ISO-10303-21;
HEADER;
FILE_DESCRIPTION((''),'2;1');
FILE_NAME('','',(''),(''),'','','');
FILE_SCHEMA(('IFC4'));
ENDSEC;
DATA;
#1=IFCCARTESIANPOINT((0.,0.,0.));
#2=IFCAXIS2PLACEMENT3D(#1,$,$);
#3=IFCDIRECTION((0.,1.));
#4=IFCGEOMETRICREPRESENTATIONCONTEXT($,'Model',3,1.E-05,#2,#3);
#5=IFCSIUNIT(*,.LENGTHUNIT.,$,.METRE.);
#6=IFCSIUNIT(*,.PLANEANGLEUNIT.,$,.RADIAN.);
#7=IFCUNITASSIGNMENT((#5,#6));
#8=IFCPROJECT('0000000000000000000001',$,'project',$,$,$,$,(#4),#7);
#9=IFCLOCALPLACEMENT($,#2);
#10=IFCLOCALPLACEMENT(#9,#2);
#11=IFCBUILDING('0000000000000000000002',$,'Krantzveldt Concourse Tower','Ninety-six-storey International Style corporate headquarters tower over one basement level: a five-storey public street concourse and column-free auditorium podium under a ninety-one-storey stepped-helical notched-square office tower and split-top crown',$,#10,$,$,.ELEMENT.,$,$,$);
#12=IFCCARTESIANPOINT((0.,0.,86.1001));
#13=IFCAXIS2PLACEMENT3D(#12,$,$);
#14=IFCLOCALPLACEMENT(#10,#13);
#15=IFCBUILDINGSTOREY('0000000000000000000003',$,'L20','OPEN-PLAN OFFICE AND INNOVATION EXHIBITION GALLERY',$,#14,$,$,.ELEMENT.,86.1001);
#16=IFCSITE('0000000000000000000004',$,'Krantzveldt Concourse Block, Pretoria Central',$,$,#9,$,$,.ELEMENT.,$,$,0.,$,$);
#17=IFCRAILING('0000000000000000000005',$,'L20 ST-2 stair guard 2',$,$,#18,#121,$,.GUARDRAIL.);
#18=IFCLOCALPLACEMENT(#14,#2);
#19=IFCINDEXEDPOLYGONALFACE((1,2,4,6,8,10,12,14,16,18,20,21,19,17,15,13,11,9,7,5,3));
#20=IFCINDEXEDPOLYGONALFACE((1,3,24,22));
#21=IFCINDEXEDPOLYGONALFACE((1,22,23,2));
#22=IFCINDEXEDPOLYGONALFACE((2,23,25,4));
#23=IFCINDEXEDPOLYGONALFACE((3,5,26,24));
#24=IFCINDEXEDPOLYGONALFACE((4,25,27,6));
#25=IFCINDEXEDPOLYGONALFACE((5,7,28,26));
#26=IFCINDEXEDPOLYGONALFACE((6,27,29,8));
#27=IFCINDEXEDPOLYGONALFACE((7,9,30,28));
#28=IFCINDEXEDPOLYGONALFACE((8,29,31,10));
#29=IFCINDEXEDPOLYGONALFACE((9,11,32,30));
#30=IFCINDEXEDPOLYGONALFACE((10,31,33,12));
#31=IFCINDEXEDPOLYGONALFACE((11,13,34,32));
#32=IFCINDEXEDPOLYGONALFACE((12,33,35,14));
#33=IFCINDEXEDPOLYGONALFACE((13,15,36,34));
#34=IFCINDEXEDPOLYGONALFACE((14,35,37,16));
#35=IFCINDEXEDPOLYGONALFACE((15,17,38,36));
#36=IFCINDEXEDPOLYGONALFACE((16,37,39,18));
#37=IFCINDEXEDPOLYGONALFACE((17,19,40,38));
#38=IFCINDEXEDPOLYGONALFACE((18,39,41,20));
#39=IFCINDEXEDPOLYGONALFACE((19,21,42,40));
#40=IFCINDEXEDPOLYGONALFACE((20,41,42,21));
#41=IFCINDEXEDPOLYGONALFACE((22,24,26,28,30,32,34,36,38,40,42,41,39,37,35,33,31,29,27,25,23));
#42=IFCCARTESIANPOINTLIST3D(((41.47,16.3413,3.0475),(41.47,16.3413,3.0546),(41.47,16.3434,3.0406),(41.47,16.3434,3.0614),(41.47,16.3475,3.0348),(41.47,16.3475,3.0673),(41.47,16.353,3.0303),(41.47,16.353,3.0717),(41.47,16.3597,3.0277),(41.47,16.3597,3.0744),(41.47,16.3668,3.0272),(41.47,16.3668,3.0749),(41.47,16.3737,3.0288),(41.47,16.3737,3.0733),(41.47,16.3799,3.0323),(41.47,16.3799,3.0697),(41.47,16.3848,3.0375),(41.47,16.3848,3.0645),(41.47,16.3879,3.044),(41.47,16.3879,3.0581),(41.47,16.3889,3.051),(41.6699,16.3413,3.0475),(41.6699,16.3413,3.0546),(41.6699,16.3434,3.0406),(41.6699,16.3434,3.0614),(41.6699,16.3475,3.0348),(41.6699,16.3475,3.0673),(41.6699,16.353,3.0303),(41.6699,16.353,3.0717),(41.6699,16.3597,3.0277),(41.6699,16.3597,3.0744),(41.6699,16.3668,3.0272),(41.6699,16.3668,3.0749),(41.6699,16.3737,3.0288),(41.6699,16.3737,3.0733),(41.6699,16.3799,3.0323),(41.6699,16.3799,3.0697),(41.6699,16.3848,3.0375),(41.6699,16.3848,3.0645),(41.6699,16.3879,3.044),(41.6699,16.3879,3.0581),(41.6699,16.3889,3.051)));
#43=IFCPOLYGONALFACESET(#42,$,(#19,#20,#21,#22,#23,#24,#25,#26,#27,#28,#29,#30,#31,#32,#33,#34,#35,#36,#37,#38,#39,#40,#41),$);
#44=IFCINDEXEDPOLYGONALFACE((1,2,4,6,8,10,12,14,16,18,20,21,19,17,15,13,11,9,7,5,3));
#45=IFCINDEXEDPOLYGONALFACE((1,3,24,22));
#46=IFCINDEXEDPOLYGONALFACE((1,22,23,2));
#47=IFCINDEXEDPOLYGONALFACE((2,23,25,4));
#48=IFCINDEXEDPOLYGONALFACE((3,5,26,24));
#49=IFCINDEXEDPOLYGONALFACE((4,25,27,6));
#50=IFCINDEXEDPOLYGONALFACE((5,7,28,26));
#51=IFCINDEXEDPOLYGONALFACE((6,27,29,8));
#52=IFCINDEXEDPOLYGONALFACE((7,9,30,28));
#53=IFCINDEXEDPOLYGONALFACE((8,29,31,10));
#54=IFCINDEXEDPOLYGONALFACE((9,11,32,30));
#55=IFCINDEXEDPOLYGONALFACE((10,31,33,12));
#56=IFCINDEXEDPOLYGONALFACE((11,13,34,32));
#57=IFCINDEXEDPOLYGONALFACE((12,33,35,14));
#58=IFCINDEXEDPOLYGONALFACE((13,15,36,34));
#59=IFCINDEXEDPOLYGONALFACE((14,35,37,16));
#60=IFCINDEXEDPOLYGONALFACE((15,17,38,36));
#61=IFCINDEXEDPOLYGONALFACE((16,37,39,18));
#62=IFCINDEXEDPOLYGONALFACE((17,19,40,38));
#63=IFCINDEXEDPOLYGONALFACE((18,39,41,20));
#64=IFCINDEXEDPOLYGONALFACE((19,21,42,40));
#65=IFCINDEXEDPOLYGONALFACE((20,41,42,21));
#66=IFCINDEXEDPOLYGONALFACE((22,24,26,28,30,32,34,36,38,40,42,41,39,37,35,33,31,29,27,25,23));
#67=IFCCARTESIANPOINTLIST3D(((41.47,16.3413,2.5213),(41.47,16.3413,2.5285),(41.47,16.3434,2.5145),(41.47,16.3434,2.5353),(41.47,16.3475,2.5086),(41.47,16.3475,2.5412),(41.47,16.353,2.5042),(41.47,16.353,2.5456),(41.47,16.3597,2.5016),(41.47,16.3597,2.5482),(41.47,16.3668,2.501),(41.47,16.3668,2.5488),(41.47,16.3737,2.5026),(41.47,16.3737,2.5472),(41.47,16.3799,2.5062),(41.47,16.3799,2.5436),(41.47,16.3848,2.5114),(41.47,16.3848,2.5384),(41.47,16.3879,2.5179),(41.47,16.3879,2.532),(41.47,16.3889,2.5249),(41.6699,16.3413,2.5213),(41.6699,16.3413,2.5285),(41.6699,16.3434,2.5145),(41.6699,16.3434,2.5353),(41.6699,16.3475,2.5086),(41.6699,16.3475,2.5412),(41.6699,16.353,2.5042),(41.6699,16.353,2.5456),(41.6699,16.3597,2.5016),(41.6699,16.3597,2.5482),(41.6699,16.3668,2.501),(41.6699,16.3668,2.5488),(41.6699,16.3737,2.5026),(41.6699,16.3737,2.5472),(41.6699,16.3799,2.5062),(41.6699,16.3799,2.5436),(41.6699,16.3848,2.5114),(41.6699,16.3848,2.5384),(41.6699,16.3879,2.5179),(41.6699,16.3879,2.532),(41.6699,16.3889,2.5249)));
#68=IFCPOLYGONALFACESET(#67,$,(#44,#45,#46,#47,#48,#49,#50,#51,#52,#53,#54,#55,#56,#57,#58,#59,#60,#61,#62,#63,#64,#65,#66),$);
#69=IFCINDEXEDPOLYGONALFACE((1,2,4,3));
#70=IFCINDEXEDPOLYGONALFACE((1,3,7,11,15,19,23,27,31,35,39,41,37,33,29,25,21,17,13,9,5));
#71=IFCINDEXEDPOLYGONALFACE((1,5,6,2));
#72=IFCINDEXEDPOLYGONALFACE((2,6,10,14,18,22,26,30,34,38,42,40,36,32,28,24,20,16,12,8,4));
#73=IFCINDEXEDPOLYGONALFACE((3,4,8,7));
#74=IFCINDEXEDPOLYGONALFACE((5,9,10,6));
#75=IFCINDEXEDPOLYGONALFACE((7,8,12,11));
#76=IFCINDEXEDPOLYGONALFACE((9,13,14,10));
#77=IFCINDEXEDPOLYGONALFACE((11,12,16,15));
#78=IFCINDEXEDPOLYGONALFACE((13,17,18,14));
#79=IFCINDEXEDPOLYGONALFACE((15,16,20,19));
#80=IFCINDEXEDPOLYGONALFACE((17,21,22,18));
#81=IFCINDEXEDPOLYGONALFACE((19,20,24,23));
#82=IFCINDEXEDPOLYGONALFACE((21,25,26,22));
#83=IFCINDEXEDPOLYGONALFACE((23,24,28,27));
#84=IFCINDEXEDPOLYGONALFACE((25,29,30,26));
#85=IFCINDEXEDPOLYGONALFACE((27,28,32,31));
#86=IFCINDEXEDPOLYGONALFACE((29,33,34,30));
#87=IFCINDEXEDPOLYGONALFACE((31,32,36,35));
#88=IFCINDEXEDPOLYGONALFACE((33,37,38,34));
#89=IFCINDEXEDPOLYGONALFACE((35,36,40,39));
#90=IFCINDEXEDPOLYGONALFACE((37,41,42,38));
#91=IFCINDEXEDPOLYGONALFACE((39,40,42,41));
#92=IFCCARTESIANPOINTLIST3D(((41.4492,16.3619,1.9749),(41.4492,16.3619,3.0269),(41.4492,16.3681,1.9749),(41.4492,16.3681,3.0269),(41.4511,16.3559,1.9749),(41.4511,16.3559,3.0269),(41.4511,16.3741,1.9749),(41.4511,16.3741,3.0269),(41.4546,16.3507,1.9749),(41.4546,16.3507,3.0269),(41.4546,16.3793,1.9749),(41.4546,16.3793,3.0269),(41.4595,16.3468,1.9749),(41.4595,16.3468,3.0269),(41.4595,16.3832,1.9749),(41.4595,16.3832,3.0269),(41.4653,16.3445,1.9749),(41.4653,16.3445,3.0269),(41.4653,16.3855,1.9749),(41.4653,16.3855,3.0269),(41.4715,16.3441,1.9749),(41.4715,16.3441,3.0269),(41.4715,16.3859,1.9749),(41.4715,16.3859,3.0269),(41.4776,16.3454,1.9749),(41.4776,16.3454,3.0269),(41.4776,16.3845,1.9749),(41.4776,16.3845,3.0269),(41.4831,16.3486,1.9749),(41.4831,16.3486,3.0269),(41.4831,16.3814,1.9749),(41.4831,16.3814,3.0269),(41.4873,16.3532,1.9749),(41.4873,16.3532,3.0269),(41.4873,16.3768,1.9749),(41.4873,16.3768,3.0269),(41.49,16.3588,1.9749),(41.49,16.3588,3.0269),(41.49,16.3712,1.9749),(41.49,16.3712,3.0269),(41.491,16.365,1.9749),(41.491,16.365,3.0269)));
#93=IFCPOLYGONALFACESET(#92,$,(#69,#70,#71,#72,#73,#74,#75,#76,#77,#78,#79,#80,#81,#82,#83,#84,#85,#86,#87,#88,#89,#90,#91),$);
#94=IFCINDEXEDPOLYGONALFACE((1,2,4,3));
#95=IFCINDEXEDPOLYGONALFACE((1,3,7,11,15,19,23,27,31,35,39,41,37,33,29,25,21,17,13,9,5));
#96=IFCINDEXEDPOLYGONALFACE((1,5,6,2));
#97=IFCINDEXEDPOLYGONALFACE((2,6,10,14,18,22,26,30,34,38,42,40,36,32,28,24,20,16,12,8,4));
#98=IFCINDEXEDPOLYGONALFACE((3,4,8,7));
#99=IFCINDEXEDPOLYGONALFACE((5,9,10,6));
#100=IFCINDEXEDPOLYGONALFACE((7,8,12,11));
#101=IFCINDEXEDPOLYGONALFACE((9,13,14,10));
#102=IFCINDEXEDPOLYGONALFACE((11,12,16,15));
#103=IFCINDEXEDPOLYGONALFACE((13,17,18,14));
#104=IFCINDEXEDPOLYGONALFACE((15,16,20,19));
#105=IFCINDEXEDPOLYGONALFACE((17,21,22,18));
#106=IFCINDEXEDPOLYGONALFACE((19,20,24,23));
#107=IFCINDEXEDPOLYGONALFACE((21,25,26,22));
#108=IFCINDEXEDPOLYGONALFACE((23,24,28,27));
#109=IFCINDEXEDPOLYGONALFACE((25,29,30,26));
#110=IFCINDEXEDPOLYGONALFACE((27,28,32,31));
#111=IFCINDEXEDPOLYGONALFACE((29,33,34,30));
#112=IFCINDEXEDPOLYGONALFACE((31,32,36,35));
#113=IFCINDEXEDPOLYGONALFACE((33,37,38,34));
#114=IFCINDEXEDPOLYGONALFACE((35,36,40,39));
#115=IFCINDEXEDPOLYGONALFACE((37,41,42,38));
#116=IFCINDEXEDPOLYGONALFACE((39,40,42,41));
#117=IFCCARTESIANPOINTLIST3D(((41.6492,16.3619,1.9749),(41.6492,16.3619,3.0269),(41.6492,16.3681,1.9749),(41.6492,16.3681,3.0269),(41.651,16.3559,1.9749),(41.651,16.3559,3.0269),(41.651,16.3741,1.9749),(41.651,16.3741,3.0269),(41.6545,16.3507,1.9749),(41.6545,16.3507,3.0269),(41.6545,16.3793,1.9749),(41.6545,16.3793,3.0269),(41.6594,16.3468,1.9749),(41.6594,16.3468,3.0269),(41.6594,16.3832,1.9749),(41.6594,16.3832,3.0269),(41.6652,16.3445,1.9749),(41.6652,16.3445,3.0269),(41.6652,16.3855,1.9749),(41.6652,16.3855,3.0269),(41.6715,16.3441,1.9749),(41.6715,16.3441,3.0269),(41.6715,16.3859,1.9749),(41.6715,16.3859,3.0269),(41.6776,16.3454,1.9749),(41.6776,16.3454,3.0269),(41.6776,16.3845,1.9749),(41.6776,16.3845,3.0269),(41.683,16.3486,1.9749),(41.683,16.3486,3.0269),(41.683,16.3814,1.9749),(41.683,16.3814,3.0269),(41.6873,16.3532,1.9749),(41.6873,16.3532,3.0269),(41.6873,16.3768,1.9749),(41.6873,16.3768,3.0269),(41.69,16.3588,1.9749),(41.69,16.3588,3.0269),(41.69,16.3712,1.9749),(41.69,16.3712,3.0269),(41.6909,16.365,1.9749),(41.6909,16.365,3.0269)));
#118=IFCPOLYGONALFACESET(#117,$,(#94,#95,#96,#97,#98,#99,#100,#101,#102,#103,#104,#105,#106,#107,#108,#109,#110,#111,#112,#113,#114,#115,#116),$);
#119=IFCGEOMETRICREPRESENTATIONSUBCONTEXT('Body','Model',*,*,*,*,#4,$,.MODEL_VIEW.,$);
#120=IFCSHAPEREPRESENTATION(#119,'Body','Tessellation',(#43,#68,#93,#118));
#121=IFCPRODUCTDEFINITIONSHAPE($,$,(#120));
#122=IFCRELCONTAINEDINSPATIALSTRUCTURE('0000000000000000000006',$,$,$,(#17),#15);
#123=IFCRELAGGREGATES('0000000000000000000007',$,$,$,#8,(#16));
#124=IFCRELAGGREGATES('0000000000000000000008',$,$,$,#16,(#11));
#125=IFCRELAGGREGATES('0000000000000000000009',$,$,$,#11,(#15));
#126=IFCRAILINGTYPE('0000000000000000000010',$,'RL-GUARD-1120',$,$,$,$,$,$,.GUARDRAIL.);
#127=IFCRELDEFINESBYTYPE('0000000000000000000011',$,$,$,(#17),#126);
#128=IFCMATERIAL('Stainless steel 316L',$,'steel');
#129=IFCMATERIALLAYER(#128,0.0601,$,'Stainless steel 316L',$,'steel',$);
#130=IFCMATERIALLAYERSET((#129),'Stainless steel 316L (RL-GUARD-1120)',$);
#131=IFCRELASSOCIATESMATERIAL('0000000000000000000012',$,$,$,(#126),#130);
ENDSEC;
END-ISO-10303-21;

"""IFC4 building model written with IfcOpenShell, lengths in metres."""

from ifc_helpers import new_model, si_unit, direction, frame, origin, origin_2d, place, context, subcontext, project, spatial, circle, extrude, material, layer, layer_set, type_object, element, save


model = new_model("IFC4")

# Units and contexts
model_context = context("Model", 3, precision=1e-05, world=origin(), true_north=direction((0.0, 1.0)))
body_context = subcontext(model_context, "Body", "Model", "MODEL_VIEW")
ifc_project = project(units=[si_unit("LENGTHUNIT", "METRE"), si_unit("PLANEANGLEUNIT", "RADIAN")], contexts=[model_context])

# Site, building, storey
site_placement = place(None, origin())
site = spatial("IfcSite", under=ifc_project, at=site_placement, Name="Krantzveldt Concourse Block, Pretoria Central", CompositionType="ELEMENT", RefElevation=0.0)
building_placement = place(site_placement, origin())
building = spatial("IfcBuilding", under=site, at=building_placement, Name="Krantzveldt Concourse Tower", Description="Ninety-six-storey International Style corporate headquarters tower over one basement level: a five-storey public street concourse and column-free auditorium podium under a ninety-one-storey stepped-helical notched-square office tower and split-top crown", CompositionType="ELEMENT")
storey_placement = place(building_placement, frame((0.0, 0.0, 86.1001)))
storey = spatial("IfcBuildingStorey", under=building, at=storey_placement, Name="L20", Description="OPEN-PLAN OFFICE AND INNOVATION EXHIBITION GALLERY", CompositionType="ELEMENT", Elevation=86.1001)

# Shared definitions
ifc_material_1 = material(Name="Stainless steel 316L", Category="steel")

# Railing
ifc_layer_1 = layer(ifc_material_1, 0.0601, Name="Stainless steel 316L", Category="steel")
ifc_layer_set_1 = layer_set([ifc_layer_1], Name="Stainless steel 316L (RL-GUARD-1120)")
railing_type_1 = type_object("IfcRailingType", Name="RL-GUARD-1120", PredefinedType="GUARDRAIL", material=ifc_layer_set_1)
railing_1_placement = place(storey_placement, frame((41.47, 16.365, 1.9749)))
element("IfcRailing", 1, at=railing_1_placement, inside=storey, type_object=railing_type_1, Name="L20 ST-2 stair guard 2", PredefinedType="GUARDRAIL", context=body_context, shape_type="SweptSolid", body=[
    extrude(circle(Radius=0.0239, at=origin_2d()), frame((0.0, 0.0, 1.0762), z_axis=(1.0, 0.0, 0.0), x_axis=(0.0, 1.0, 0.0)), (0.0, 0.0, 1.0), 0.2),
    extrude(circle(Radius=0.0239, at=origin_2d()), frame((0.0, 0.0, 0.55), z_axis=(1.0, 0.0, 0.0), x_axis=(0.0, 1.0, 0.0)), (0.0, 0.0, 1.0), 0.2),
    extrude(circle(Radius=0.021, at=origin_2d()), origin(), (0.0, 0.0, 1.0), 1.052),
    extrude(circle(Radius=0.021, at=origin_2d()), frame((0.2, 0.0, 0.0)), (0.0, 0.0, 1.0), 1.052),
])

save(model, "model.ifc")
